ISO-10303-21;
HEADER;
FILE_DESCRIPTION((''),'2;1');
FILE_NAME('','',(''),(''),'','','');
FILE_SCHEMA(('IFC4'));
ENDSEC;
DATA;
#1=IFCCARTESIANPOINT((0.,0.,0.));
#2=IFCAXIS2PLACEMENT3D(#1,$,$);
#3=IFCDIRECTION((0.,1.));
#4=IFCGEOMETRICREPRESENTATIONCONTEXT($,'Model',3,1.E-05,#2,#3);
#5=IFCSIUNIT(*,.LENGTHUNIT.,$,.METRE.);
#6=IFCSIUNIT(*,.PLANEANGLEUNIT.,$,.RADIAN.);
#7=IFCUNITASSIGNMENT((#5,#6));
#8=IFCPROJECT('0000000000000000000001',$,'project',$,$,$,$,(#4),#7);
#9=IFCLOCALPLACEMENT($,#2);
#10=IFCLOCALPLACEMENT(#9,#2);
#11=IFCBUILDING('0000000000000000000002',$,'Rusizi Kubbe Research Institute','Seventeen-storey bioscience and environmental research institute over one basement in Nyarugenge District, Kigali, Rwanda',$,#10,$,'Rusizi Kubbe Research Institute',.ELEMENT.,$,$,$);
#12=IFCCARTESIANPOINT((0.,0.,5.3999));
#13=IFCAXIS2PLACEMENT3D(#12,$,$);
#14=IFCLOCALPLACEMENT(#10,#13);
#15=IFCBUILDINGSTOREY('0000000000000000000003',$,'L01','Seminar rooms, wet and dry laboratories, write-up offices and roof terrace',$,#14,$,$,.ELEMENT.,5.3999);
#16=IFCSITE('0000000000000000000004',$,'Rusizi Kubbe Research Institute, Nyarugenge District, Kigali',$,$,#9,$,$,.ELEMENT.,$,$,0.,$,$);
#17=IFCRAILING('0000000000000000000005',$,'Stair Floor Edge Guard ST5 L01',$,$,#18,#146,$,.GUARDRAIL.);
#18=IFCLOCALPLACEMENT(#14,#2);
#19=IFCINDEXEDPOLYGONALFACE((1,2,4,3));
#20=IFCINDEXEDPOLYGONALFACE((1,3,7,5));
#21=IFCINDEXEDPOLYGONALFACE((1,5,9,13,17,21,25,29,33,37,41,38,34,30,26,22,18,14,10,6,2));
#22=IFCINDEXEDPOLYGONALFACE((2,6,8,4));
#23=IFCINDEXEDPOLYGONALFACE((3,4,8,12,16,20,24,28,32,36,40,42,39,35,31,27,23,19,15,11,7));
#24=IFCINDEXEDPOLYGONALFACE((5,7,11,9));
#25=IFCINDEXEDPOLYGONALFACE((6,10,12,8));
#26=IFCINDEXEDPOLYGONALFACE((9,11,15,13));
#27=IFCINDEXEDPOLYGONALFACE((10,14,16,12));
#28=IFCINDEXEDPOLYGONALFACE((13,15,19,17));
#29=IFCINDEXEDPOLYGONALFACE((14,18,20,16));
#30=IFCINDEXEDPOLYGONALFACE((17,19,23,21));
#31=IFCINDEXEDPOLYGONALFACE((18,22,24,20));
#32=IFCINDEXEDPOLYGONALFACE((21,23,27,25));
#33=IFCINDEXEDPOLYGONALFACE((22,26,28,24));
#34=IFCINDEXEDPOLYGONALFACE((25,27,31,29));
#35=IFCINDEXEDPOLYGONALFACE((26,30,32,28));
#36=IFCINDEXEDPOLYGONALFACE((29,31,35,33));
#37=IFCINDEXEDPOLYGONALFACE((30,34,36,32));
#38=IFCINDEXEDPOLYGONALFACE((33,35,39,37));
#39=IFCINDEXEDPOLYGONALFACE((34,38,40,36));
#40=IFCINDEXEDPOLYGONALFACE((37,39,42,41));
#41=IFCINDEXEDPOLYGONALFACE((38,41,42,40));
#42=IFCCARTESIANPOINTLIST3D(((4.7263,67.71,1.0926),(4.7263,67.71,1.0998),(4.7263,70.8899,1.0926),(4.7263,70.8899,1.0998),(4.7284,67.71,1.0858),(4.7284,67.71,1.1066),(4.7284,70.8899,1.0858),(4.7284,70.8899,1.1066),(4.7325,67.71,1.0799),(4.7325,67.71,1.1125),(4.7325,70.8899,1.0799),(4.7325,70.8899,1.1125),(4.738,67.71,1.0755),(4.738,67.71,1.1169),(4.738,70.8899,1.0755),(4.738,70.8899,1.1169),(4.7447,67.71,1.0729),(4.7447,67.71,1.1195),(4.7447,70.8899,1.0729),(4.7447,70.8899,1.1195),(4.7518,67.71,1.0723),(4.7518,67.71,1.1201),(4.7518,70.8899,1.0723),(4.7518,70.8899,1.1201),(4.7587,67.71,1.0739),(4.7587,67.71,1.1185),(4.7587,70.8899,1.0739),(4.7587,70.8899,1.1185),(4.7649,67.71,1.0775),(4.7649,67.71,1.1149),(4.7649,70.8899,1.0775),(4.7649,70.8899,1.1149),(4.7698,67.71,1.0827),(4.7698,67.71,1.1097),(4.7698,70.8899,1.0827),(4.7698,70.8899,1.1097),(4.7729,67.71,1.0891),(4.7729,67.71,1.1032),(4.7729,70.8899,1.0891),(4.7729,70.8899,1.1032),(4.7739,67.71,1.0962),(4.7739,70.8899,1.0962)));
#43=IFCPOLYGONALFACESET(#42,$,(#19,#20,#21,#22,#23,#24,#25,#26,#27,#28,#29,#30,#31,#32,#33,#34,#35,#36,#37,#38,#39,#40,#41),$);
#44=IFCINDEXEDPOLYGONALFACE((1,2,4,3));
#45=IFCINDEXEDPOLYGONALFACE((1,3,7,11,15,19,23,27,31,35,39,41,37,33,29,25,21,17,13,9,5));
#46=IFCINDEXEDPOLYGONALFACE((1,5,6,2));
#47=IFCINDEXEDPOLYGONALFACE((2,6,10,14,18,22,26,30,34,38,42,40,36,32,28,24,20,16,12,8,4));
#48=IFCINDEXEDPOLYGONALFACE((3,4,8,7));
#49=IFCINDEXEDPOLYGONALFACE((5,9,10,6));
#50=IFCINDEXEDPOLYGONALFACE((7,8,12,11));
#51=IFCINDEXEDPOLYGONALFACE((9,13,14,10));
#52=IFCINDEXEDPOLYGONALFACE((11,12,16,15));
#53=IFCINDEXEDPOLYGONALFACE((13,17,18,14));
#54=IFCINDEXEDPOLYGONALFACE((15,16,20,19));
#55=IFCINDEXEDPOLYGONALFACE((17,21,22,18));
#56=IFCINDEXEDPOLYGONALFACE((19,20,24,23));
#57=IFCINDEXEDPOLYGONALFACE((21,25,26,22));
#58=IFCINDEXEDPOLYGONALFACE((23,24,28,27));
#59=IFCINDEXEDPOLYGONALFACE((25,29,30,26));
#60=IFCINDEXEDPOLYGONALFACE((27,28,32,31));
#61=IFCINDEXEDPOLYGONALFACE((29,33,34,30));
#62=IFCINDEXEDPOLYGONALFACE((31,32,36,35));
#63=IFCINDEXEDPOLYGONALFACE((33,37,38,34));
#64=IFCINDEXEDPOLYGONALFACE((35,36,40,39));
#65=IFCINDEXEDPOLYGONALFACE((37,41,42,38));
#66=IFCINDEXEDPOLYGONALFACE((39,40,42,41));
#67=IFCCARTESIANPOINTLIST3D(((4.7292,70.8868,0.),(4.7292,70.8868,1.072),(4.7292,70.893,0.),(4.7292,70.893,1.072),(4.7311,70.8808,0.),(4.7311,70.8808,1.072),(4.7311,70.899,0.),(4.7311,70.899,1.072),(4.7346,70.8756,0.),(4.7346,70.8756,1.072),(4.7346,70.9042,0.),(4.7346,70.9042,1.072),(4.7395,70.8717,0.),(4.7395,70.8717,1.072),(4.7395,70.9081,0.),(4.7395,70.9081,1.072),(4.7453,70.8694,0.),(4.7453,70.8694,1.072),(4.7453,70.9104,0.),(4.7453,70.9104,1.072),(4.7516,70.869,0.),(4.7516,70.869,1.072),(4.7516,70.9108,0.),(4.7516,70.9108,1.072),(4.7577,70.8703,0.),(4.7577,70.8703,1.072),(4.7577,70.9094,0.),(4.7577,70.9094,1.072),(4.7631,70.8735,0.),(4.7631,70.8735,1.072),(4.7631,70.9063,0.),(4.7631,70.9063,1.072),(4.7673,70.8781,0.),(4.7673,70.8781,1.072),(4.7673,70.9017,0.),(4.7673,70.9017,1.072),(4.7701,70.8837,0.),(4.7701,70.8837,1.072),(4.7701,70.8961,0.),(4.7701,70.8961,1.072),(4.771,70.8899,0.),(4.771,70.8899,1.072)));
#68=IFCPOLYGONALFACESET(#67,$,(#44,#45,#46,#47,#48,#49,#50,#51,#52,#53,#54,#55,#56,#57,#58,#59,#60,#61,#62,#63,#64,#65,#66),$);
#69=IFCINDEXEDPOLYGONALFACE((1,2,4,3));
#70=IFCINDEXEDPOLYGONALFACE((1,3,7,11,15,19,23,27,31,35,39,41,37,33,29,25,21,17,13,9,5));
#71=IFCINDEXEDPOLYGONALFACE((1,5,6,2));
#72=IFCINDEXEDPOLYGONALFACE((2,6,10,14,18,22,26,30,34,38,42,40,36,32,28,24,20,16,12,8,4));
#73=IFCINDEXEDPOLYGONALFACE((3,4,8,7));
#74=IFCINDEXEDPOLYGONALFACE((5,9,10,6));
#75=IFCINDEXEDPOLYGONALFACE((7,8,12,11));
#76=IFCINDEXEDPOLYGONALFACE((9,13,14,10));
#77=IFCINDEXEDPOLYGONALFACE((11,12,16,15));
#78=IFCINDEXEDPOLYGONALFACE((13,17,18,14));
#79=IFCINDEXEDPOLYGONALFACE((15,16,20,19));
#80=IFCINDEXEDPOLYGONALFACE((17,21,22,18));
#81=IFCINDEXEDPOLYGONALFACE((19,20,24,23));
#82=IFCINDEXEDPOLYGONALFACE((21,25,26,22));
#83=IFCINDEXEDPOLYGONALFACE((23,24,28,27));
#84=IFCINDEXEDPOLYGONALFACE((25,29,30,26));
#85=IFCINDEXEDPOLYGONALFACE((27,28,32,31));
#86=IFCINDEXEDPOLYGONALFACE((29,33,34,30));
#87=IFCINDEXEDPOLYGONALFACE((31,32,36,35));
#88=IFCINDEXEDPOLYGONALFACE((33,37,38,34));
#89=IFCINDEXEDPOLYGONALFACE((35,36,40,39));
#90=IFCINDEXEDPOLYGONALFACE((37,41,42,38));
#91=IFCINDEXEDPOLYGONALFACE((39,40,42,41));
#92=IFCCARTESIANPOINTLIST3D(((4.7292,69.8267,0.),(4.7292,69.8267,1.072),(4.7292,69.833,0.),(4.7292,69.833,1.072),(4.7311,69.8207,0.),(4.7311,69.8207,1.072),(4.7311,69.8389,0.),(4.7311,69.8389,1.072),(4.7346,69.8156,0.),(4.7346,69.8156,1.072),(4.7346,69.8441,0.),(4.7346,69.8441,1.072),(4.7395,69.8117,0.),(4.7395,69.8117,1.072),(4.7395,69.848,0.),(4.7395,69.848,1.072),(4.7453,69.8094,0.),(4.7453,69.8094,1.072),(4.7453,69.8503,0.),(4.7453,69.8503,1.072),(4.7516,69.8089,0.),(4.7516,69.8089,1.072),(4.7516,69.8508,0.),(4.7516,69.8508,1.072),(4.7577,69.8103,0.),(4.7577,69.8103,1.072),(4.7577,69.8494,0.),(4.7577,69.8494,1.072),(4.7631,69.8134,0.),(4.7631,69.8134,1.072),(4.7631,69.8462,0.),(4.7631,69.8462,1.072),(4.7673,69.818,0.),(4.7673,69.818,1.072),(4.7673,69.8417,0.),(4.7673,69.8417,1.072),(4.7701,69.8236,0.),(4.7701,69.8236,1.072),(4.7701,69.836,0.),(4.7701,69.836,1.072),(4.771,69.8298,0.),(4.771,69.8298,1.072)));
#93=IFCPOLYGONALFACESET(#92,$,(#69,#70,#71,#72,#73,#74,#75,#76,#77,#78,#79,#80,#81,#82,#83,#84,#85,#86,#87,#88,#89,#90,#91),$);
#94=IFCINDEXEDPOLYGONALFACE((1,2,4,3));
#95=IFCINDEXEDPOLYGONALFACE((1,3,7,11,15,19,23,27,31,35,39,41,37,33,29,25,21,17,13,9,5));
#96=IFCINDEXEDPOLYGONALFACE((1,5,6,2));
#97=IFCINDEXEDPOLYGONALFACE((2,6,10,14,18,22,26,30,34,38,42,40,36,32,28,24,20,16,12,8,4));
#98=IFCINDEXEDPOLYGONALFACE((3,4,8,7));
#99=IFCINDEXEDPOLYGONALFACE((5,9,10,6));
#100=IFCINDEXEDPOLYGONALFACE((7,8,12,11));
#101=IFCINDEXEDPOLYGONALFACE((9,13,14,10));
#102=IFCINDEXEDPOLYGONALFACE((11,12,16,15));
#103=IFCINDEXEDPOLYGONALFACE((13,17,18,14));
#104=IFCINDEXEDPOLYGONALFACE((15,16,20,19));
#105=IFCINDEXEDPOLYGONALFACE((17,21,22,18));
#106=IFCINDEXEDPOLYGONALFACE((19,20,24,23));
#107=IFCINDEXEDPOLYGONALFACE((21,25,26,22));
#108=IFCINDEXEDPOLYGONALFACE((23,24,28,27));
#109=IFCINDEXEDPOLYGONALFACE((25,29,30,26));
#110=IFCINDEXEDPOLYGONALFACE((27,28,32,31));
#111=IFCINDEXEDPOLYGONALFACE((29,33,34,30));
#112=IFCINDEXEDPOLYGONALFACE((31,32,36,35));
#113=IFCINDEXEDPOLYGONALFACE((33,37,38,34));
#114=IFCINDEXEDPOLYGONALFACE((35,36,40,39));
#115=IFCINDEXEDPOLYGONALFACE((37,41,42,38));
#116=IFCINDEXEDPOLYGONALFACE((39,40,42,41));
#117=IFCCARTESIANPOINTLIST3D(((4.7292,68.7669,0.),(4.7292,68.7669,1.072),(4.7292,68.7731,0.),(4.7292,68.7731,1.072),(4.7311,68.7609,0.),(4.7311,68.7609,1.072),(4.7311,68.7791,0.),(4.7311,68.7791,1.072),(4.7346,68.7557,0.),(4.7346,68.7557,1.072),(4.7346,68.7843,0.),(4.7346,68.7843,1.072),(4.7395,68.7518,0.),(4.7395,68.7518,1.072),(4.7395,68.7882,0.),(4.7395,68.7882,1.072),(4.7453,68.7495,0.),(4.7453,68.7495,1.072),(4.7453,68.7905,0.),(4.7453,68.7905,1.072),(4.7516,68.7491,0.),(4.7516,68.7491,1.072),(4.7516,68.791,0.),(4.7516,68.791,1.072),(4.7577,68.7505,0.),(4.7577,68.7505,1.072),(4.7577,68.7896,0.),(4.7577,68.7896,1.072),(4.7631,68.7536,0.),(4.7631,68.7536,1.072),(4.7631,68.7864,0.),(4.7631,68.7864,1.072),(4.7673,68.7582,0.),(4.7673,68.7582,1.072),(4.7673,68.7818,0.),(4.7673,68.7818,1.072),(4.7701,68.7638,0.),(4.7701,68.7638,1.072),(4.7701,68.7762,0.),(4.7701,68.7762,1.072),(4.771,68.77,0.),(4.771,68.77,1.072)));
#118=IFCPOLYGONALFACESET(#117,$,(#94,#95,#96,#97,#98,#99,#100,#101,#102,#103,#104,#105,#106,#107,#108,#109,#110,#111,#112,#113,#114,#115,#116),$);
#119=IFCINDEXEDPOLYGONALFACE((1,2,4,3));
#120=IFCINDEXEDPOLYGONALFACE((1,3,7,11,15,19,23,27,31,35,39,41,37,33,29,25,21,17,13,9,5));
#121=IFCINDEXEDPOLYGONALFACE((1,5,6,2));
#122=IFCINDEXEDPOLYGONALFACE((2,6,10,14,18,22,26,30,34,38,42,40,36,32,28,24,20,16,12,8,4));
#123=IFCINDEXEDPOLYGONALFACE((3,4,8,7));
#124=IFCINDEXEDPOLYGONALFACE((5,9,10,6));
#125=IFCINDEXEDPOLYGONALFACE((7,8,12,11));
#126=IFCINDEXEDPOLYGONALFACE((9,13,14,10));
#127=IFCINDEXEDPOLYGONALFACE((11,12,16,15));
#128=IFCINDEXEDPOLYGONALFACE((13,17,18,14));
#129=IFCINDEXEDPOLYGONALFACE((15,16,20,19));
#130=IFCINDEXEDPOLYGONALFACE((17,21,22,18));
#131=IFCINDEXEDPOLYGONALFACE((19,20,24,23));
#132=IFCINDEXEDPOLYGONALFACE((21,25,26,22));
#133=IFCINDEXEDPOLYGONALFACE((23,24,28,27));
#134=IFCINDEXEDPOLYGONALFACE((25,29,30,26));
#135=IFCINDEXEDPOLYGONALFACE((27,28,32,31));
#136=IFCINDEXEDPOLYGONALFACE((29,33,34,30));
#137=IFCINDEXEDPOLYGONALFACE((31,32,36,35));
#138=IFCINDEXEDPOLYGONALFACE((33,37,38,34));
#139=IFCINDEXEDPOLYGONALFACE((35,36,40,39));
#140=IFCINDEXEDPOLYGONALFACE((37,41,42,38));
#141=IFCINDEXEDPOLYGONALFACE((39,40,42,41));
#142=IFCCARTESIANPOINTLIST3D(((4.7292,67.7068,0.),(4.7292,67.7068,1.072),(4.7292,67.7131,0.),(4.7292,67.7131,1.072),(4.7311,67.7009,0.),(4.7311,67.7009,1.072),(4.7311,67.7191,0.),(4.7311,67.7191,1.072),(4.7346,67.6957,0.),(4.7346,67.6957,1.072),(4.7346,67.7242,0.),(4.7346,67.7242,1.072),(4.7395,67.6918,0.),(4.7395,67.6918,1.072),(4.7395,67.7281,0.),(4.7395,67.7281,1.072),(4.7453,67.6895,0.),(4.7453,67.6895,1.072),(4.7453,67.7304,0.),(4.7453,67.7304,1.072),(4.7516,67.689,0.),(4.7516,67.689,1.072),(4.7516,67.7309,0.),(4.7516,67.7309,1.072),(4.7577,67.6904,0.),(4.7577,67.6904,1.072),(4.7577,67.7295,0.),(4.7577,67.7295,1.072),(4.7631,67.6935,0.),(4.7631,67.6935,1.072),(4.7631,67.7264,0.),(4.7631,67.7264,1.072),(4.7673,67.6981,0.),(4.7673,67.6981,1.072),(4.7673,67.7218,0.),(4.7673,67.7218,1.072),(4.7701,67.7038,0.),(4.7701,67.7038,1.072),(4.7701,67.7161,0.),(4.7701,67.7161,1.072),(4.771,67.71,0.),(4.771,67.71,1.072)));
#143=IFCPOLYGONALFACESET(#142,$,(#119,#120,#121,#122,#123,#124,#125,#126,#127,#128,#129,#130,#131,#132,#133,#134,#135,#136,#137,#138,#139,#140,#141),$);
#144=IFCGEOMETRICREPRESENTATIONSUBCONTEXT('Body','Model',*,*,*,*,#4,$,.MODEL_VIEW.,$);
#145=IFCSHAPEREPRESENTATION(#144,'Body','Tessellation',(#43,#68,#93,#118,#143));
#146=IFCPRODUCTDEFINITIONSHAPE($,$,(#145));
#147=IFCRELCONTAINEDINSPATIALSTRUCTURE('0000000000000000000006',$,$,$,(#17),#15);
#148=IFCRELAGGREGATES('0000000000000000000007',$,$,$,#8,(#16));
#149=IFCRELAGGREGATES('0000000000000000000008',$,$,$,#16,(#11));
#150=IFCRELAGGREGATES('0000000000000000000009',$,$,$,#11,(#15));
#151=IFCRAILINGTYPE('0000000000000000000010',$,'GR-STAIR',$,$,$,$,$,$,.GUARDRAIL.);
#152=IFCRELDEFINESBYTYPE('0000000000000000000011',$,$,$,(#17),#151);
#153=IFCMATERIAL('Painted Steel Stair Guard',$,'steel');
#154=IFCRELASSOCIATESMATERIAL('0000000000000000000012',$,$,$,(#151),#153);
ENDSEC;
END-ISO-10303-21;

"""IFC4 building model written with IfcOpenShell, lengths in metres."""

from ifc_helpers import new_model, si_unit, direction, frame, origin, origin_2d, place, context, subcontext, project, spatial, circle, extrude, material, type_object, element, save


model = new_model("IFC4")

# Units and contexts
model_context = context("Model", 3, precision=1e-05, world=origin(), true_north=direction((0.0, 1.0)))
body_context = subcontext(model_context, "Body", "Model", "MODEL_VIEW")
ifc_project = project(units=[si_unit("LENGTHUNIT", "METRE"), si_unit("PLANEANGLEUNIT", "RADIAN")], contexts=[model_context])

# Site, building, storey
site_placement = place(None, origin())
site = spatial("IfcSite", under=ifc_project, at=site_placement, Name="Rusizi Kubbe Research Institute, Nyarugenge District, Kigali", CompositionType="ELEMENT", RefElevation=0.0)
building_placement = place(site_placement, origin())
building = spatial("IfcBuilding", under=site, at=building_placement, Name="Rusizi Kubbe Research Institute", Description="Seventeen-storey bioscience and environmental research institute over one basement in Nyarugenge District, Kigali, Rwanda", LongName="Rusizi Kubbe Research Institute", CompositionType="ELEMENT")
storey_placement = place(building_placement, frame((0.0, 0.0, 5.3999)))
storey = spatial("IfcBuildingStorey", under=building, at=storey_placement, Name="L01", Description="Seminar rooms, wet and dry laboratories, write-up offices and roof terrace", CompositionType="ELEMENT", Elevation=5.3999)

# Railing
ifc_material_1 = material(Name="Painted Steel Stair Guard", Category="steel")
railing_type_1 = type_object("IfcRailingType", Name="GR-STAIR", PredefinedType="GUARDRAIL", material=ifc_material_1)
railing_1_placement = place(storey_placement, frame((4.75, 70.8899, 0.0)))
element("IfcRailing", 1, at=railing_1_placement, inside=storey, type_object=railing_type_1, Name="Stair Floor Edge Guard ST5 L01", PredefinedType="GUARDRAIL", context=body_context, shape_type="SweptSolid", body=[
    extrude(circle(Radius=0.0239, at=origin_2d()), frame((0.0, 0.0, 1.0962), z_axis=(0.0, -1.0, 0.0), x_axis=(1.0, 0.0, 0.0)), (0.0, 0.0, 1.0), 3.1799),
    extrude(circle(Radius=0.021, at=origin_2d()), origin(), (0.0, 0.0, 1.0), 1.072),
    extrude(circle(Radius=0.021, at=origin_2d()), frame((0.0, -1.0601, 0.0)), (0.0, 0.0, 1.0), 1.072),
    extrude(circle(Radius=0.021, at=origin_2d()), frame((0.0, -2.1199, 0.0)), (0.0, 0.0, 1.0), 1.072),
    extrude(circle(Radius=0.021, at=origin_2d()), frame((0.0, -3.1799, 0.0)), (0.0, 0.0, 1.0), 1.072),
])

save(model, "model.ifc")
